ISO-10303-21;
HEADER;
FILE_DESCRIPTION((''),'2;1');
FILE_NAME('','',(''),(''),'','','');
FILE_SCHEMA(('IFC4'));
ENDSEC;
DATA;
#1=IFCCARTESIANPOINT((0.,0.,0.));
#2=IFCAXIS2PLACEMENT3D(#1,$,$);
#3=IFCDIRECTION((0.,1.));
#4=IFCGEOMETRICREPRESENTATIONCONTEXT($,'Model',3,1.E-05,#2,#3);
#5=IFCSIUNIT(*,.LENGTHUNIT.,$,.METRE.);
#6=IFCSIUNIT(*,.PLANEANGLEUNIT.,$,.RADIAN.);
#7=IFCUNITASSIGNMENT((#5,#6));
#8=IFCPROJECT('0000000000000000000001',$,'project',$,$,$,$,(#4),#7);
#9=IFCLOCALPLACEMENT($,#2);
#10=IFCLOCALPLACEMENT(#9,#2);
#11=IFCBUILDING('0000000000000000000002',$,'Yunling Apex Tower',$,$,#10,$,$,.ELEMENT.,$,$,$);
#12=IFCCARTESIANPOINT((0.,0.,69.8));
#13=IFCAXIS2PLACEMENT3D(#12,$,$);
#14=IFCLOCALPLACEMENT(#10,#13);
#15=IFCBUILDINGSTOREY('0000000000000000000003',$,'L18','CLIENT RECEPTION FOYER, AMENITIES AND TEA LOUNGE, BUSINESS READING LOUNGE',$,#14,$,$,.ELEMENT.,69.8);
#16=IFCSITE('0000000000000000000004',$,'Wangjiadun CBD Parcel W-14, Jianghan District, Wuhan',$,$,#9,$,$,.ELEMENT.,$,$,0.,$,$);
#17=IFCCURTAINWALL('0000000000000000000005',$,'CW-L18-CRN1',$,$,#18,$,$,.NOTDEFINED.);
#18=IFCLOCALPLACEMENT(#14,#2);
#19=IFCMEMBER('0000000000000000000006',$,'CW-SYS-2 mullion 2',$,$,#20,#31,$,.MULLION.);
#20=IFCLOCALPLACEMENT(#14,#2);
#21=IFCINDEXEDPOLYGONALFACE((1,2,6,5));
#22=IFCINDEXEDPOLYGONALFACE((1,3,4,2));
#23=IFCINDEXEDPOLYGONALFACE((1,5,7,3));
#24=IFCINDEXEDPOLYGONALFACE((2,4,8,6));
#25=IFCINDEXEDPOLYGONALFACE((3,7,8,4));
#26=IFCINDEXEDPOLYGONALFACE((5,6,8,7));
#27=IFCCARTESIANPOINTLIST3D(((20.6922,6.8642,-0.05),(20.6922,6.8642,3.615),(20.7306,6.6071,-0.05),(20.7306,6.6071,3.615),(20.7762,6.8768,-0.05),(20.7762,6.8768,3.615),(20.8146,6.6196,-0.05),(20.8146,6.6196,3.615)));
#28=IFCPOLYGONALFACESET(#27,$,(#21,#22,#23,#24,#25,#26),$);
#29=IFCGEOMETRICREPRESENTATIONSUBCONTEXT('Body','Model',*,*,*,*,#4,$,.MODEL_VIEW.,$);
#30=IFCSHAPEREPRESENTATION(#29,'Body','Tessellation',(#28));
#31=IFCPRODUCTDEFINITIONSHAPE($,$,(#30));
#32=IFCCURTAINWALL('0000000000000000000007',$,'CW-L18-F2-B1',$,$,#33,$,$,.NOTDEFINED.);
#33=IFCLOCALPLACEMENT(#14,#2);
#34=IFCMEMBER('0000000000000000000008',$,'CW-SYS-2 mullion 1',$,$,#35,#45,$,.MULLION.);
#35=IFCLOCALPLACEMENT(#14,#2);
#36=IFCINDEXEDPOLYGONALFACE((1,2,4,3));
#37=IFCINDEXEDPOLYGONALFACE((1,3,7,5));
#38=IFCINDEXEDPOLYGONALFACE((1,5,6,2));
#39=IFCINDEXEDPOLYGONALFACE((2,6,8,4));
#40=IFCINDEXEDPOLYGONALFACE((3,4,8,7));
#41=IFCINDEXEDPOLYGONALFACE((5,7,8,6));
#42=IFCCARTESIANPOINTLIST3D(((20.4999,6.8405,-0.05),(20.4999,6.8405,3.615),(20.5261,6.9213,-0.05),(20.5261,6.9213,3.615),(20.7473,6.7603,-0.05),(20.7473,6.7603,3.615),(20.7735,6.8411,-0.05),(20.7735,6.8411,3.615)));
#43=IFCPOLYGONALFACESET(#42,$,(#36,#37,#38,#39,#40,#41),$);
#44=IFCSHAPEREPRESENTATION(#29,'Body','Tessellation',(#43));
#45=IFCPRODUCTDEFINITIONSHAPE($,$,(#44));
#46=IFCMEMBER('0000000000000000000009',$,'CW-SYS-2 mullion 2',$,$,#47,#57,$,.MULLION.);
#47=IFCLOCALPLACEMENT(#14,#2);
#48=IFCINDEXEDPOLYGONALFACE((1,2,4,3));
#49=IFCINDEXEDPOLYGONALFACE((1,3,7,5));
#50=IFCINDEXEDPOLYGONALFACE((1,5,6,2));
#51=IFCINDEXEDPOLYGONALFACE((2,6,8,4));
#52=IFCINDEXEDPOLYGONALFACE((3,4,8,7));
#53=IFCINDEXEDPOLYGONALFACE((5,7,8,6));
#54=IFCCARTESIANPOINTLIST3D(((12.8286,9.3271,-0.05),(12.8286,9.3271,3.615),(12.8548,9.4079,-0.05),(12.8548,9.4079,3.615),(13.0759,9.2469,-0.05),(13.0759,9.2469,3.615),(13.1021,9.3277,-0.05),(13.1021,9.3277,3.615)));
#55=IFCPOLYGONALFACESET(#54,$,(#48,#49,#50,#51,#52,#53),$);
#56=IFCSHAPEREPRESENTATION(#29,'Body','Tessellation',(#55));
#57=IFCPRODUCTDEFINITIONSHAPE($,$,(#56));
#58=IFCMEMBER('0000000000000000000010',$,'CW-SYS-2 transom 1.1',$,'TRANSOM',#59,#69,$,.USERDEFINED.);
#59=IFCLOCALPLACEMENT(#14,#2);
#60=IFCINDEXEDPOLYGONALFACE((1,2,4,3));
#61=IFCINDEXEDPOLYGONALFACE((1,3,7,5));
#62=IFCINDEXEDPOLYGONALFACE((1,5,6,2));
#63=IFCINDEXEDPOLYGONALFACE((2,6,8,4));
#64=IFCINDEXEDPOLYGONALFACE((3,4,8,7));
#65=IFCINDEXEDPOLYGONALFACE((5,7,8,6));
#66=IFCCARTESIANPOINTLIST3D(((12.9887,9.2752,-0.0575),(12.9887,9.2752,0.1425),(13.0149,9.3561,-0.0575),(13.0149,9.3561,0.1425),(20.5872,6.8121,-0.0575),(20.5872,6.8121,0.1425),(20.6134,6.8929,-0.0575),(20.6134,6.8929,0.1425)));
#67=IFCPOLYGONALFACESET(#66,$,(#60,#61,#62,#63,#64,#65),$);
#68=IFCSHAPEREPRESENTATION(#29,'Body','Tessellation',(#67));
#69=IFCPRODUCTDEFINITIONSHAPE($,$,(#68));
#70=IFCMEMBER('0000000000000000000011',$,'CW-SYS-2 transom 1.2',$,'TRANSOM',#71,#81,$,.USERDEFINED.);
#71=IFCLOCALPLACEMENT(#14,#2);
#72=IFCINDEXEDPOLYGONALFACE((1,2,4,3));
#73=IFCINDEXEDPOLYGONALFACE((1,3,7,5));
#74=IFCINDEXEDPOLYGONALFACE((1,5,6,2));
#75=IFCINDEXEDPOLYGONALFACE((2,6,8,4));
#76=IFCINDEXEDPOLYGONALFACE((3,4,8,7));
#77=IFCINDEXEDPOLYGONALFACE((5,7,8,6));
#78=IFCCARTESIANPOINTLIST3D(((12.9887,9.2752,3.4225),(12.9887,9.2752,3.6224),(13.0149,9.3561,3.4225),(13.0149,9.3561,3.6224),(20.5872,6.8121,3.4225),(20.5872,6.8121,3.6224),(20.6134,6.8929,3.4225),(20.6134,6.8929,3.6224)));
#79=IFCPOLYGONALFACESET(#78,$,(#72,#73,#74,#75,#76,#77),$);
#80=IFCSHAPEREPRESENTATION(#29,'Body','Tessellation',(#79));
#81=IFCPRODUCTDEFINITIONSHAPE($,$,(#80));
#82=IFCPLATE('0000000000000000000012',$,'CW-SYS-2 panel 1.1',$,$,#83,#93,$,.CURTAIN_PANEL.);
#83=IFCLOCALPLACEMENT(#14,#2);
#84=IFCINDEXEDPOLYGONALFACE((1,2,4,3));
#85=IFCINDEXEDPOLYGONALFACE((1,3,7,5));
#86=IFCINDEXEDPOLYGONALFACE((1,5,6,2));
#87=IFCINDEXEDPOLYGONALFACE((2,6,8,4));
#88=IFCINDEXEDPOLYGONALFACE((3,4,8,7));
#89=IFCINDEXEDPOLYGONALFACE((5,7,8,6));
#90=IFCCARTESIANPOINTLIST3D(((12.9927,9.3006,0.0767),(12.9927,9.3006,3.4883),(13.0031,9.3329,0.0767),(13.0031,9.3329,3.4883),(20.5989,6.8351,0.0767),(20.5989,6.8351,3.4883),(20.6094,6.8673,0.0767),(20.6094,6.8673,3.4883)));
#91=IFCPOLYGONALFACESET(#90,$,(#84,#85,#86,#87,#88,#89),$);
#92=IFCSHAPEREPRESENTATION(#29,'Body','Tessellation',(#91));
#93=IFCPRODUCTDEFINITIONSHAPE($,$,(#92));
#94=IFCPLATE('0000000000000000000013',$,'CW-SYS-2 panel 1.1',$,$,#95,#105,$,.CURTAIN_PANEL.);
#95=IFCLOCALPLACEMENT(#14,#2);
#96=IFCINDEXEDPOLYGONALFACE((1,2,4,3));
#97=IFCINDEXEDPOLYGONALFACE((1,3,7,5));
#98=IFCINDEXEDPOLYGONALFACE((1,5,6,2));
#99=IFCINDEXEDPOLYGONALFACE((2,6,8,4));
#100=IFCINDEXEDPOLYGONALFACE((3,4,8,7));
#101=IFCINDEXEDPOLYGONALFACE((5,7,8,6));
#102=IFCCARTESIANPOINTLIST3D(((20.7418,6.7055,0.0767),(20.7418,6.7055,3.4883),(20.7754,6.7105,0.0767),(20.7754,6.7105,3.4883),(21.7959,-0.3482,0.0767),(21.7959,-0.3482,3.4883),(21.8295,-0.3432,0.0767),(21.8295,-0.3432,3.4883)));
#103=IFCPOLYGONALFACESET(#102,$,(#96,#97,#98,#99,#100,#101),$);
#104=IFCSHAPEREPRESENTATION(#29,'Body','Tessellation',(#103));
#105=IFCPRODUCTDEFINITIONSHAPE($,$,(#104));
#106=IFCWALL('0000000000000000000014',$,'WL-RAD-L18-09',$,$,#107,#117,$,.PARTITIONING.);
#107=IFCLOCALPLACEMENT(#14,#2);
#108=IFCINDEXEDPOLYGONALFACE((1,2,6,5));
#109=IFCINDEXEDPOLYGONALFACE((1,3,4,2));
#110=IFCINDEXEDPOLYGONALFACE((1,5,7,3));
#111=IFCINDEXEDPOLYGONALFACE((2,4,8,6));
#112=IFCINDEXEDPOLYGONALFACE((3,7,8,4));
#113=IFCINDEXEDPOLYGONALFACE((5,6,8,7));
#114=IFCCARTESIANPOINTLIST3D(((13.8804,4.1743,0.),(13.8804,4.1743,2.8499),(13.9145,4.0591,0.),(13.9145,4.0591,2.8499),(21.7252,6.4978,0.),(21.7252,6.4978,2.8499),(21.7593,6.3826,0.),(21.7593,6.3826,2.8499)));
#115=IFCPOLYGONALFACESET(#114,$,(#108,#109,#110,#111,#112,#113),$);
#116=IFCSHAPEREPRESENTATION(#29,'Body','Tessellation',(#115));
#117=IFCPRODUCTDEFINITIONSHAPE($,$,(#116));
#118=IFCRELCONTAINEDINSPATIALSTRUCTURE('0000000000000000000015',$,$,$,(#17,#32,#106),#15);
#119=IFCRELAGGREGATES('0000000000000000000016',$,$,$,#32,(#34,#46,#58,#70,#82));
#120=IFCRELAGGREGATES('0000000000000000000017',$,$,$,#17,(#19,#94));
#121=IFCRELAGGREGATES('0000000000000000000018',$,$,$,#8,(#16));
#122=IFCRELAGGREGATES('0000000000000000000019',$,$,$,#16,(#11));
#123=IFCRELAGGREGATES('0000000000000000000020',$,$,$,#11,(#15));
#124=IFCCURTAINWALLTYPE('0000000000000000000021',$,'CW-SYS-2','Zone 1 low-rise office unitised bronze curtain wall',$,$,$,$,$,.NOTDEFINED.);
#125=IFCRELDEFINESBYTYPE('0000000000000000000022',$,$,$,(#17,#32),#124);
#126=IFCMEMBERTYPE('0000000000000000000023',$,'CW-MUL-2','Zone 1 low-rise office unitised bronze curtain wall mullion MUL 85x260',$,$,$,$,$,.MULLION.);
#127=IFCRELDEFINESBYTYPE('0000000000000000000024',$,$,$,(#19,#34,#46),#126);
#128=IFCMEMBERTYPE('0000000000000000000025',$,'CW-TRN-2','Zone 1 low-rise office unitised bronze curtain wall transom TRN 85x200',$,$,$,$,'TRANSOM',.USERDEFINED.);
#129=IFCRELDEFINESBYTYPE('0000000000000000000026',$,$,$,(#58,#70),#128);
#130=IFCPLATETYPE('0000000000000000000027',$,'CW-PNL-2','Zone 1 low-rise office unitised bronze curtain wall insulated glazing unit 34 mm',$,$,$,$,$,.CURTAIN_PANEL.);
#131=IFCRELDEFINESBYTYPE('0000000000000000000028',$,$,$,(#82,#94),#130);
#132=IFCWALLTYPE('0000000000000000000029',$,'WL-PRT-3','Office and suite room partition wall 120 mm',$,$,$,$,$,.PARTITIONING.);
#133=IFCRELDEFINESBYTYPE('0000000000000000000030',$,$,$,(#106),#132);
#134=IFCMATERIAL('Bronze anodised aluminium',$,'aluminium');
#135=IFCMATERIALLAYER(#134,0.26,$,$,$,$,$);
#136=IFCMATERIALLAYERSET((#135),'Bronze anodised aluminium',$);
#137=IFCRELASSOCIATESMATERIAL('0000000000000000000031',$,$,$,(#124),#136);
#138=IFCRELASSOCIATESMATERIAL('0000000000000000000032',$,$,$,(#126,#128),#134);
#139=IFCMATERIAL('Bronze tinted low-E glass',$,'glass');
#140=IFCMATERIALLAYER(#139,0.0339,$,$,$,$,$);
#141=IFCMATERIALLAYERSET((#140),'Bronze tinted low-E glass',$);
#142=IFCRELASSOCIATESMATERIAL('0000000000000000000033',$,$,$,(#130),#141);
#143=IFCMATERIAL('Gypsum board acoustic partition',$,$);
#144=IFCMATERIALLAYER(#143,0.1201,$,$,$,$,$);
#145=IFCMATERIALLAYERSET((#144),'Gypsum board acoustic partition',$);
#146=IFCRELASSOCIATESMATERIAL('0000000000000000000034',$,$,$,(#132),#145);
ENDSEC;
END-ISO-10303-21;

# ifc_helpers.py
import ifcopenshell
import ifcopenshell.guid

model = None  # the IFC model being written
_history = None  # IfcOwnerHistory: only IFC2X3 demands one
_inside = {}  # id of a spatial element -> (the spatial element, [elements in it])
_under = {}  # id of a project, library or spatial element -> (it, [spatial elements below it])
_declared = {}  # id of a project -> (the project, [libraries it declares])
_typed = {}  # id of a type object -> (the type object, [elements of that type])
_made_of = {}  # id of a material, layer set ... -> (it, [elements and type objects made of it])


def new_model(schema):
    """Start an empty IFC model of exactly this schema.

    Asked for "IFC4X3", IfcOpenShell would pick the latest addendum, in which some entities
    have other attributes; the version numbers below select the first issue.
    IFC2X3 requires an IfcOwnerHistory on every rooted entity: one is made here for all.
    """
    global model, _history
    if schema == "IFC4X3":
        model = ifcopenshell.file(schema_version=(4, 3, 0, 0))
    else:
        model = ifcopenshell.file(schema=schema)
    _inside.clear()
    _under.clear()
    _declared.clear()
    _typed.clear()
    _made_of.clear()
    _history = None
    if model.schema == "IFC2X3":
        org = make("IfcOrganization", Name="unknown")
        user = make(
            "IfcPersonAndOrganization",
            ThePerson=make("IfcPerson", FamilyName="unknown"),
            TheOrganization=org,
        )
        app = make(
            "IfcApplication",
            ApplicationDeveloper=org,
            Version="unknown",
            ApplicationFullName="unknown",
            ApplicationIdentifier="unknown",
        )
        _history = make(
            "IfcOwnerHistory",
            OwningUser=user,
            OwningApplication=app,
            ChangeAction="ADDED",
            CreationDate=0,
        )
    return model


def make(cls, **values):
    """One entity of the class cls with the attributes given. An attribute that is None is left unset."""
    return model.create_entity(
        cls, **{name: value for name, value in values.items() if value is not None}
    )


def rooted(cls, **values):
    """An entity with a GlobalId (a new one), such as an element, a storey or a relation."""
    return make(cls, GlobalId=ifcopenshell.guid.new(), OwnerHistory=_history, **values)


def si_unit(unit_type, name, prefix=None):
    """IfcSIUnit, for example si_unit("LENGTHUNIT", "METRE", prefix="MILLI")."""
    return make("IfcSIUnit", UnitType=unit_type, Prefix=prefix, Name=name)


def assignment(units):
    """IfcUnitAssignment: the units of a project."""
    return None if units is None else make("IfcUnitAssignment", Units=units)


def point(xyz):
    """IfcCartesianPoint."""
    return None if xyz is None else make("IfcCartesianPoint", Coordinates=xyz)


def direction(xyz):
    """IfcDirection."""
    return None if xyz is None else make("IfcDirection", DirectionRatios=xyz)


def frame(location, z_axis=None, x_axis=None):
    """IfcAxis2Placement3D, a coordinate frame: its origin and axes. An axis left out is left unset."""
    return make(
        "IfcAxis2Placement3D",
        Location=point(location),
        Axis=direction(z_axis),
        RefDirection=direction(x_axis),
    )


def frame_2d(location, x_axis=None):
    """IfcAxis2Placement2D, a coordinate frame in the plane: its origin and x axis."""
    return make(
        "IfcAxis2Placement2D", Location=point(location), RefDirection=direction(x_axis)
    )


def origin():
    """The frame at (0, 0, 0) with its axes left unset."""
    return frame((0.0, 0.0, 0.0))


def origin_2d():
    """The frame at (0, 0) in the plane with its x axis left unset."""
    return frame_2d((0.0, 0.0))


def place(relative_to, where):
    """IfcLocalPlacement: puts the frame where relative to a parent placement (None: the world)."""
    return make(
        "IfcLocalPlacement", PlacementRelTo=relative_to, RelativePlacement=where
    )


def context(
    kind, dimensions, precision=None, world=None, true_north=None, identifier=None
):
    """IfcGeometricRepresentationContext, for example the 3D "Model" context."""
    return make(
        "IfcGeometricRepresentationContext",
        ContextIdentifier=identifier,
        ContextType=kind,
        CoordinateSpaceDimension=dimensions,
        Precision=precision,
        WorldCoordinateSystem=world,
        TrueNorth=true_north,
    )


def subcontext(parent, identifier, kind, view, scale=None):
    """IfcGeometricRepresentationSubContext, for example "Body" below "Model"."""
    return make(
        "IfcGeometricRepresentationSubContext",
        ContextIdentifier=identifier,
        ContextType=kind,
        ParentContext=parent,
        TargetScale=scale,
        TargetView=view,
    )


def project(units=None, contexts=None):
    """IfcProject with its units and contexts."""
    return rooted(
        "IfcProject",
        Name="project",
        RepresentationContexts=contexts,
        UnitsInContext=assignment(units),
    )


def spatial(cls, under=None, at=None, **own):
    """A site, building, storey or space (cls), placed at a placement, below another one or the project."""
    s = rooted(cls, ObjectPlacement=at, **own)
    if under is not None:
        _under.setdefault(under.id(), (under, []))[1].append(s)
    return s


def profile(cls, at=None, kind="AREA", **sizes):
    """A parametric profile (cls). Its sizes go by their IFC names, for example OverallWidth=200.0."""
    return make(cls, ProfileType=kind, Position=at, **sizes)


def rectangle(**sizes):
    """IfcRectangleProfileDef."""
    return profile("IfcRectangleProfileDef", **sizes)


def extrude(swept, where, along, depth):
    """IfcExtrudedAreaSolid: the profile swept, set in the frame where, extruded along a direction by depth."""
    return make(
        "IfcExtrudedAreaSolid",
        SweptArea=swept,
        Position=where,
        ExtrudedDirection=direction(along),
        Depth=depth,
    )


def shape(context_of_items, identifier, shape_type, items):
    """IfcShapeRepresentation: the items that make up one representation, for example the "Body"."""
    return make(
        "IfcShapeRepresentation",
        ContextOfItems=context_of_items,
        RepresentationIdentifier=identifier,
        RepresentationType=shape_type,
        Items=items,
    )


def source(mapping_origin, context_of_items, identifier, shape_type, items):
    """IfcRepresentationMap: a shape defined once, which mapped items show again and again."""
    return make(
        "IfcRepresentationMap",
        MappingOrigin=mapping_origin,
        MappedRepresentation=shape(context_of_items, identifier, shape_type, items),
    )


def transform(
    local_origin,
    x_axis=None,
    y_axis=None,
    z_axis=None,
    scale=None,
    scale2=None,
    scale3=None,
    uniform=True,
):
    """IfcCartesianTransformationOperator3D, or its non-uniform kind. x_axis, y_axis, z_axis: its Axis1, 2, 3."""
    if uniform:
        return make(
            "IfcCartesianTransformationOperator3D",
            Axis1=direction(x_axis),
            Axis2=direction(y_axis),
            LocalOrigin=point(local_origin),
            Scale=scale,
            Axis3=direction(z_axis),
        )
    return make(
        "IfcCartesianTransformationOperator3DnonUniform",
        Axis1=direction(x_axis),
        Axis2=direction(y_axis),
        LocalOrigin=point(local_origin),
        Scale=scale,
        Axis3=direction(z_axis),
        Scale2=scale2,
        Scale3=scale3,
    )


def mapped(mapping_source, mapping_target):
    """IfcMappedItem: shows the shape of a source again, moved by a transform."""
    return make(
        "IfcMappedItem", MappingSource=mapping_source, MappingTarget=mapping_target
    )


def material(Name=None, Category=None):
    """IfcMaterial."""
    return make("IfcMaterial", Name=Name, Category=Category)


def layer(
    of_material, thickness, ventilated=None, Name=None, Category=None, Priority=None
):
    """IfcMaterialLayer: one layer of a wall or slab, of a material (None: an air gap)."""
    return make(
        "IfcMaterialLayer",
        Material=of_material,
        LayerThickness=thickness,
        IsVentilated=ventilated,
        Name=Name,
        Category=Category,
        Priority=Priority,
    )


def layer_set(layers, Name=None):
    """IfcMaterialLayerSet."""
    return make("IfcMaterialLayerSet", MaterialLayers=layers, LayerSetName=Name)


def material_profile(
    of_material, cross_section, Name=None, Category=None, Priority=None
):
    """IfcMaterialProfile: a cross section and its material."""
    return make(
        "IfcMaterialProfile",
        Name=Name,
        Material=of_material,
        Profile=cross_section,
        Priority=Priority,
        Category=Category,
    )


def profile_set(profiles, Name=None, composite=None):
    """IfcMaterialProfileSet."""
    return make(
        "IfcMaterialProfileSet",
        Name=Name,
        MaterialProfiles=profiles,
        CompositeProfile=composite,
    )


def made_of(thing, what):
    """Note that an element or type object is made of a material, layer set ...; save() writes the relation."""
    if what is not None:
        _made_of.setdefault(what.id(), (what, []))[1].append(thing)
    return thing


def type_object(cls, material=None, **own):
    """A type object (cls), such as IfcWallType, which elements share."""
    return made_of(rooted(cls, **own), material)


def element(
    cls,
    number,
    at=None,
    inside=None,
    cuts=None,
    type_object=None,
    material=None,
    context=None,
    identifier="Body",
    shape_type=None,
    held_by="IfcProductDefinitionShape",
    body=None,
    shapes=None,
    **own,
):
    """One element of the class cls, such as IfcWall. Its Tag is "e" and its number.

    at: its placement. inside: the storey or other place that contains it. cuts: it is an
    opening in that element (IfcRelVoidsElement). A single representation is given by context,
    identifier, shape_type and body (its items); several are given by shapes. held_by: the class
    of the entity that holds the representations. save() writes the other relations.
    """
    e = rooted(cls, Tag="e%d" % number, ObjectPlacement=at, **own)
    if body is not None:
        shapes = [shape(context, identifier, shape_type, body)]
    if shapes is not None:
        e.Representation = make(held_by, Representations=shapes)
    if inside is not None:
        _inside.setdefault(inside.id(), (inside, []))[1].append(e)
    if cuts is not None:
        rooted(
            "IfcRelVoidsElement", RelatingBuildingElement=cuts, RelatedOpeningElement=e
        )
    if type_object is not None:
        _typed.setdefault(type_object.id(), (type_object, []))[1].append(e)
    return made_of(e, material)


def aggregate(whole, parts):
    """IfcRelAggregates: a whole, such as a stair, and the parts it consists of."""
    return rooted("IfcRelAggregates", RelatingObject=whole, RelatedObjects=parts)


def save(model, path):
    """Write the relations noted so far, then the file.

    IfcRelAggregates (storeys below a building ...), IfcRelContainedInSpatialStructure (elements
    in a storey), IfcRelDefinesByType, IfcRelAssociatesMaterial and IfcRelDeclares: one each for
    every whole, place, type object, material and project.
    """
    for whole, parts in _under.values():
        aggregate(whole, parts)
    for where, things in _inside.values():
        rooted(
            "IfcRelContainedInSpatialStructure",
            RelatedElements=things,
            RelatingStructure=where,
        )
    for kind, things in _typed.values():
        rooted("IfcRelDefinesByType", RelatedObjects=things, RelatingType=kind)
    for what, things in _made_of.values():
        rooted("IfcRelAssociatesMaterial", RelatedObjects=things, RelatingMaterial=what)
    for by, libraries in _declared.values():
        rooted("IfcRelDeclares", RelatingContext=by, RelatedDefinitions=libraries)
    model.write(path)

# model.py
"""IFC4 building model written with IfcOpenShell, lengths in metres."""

from ifc_helpers import new_model, si_unit, direction, frame, frame_2d, origin, origin_2d, place, context, subcontext, project, spatial, rectangle, extrude, source, transform, mapped, material, layer, layer_set, material_profile, profile_set, type_object, element, aggregate, save


model = new_model("IFC4")

# Units and contexts
model_context = context("Model", 3, precision=1e-05, world=origin(), true_north=direction((0.0, 1.0)))
body_context = subcontext(model_context, "Body", "Model", "MODEL_VIEW")
ifc_project = project(units=[si_unit("LENGTHUNIT", "METRE"), si_unit("PLANEANGLEUNIT", "RADIAN")], contexts=[model_context])

# Site, building, storey
site_placement = place(None, origin())
site = spatial("IfcSite", under=ifc_project, at=site_placement, Name="Wangjiadun CBD Parcel W-14, Jianghan District, Wuhan", CompositionType="ELEMENT", RefElevation=0.0)
building_placement = place(site_placement, origin())
building = spatial("IfcBuilding", under=site, at=building_placement, Name="Yunling Apex Tower", CompositionType="ELEMENT")
storey_placement = place(building_placement, frame((0.0, 0.0, 69.8)))
storey = spatial("IfcBuildingStorey", under=building, at=storey_placement, Name="L18", Description="CLIENT RECEPTION FOYER, AMENITIES AND TEA LOUNGE, BUSINESS READING LOUNGE", CompositionType="ELEMENT", Elevation=69.8)

# Curtain wall, member
ifc_material_1 = material(Name="Bronze anodised aluminium", Category="aluminium")
ifc_layer_1 = layer(ifc_material_1, 0.26)
ifc_layer_set_1 = layer_set([ifc_layer_1], Name="Bronze anodised aluminium")
curtain_wall_type = type_object("IfcCurtainWallType", Name="CW-SYS-2", Description="Zone 1 low-rise office unitised bronze curtain wall", PredefinedType="NOTDEFINED", material=ifc_layer_set_1)
curtain_wall_1_placement = place(storey_placement, origin())
curtain_wall_1 = element("IfcCurtainWall", 1, at=curtain_wall_1_placement, inside=storey, type_object=curtain_wall_type, Name="CW-L18-CRN1", PredefinedType="NOTDEFINED")
ifc_material_profile_1 = material_profile(ifc_material_1, rectangle(XDim=0.085, YDim=0.26, at=origin_2d()))
ifc_profile_set_1 = profile_set([ifc_material_profile_1], Name="Bronze anodised aluminium")
member_type_1 = type_object("IfcMemberType", Name="CW-MUL-2", Description="Zone 1 low-rise office unitised bronze curtain wall mullion MUL 85x260", PredefinedType="MULLION", material=ifc_profile_set_1)
shared_shape_1 = source(origin(), body_context, "Body", "SweptSolid", [
    extrude(rectangle(XDim=0.085, YDim=0.26, at=origin_2d()), origin(), (0.0, 0.0, 1.0), 3.665),
])
member_1_placement = place(storey_placement, frame((20.7534, 6.7419, -0.05), z_axis=(0.0, 0.0, 1.0), x_axis=(-0.989018, -0.147798, 0.0)))
member_1 = element("IfcMember", 2, at=member_1_placement, type_object=member_type_1, Name="CW-SYS-2 mullion 2", PredefinedType="MULLION", context=body_context, shape_type="MappedRepresentation", body=[
    mapped(shared_shape_1, transform((0.0, 0.0, 0.0), scale=1.0)),
])

# Curtain wall, members, plate
curtain_wall_2_placement = place(storey_placement, origin())
curtain_wall_2 = element("IfcCurtainWall", 3, at=curtain_wall_2_placement, inside=storey, type_object=curtain_wall_type, Name="CW-L18-F2-B1", PredefinedType="NOTDEFINED")
member_2_placement = place(storey_placement, frame((20.6367, 6.8408, -0.05), z_axis=(0.0, 0.0, 1.0), x_axis=(-0.308357, -0.951271, 0.0)))
member_2 = element("IfcMember", 4, at=member_2_placement, type_object=member_type_1, Name="CW-SYS-2 mullion 1", PredefinedType="MULLION", context=body_context, shape_type="MappedRepresentation", body=[
    mapped(shared_shape_1, transform((0.0, 0.0, 0.0), scale=1.0)),
])
member_3_placement = place(storey_placement, frame((12.9653, 9.3274, -0.05), z_axis=(0.0, 0.0, 1.0), x_axis=(-0.308357, -0.951271, 0.0)))
member_3 = element("IfcMember", 5, at=member_3_placement, type_object=member_type_1, Name="CW-SYS-2 mullion 2", PredefinedType="MULLION", context=body_context, shape_type="MappedRepresentation", body=[
    mapped(shared_shape_1, transform((0.0, 0.0, 0.0), scale=1.0)),
])
ifc_material_profile_2 = material_profile(ifc_material_1, rectangle(XDim=0.085, YDim=0.2, at=origin_2d()))
ifc_profile_set_2 = profile_set([ifc_material_profile_2], Name="Bronze anodised aluminium")
member_type_2 = type_object("IfcMemberType", Name="CW-TRN-2", Description="Zone 1 low-rise office unitised bronze curtain wall transom TRN 85x200", ElementType="TRANSOM", PredefinedType="USERDEFINED", material=ifc_profile_set_2)
shared_shape_2 = source(origin(), body_context, "Body", "SweptSolid", [
    extrude(rectangle(XDim=0.085, YDim=0.2, at=origin_2d()), origin(), (0.0, 0.0, 1.0), 7.9878),
])
member_4_placement = place(storey_placement, frame((20.6003, 6.8525, 0.0425), z_axis=(-0.95127, 0.308359, 0.0), x_axis=(-0.308359, -0.95127, 0.0)))
member_4 = element("IfcMember", 6, at=member_4_placement, type_object=member_type_2, Name="CW-SYS-2 transom 1.1", ObjectType="TRANSOM", PredefinedType="USERDEFINED", context=body_context, shape_type="MappedRepresentation", body=[
    mapped(shared_shape_2, transform((0.0, 0.0, 0.0), scale=1.0)),
])
member_5_placement = place(storey_placement, frame((20.6003, 6.8525, 3.5225), z_axis=(-0.95127, 0.308359, 0.0), x_axis=(-0.308359, -0.95127, 0.0)))
member_5 = element("IfcMember", 7, at=member_5_placement, type_object=member_type_2, Name="CW-SYS-2 transom 1.2", ObjectType="TRANSOM", PredefinedType="USERDEFINED", context=body_context, shape_type="MappedRepresentation", body=[
    mapped(shared_shape_2, transform((0.0, 0.0, 0.0), scale=1.0)),
])
ifc_material_2 = material(Name="Bronze tinted low-E glass", Category="glass")
ifc_layer_2 = layer(ifc_material_2, 0.0339)
ifc_layer_set_2 = layer_set([ifc_layer_2], Name="Bronze tinted low-E glass")
plate_type = type_object("IfcPlateType", Name="CW-PNL-2", Description="Zone 1 low-rise office unitised bronze curtain wall insulated glazing unit 34 mm", PredefinedType="CURTAIN_PANEL", material=ifc_layer_set_2)
shared_shape_3 = source(origin(), body_context, "Body", "SweptSolid", [
    extrude(rectangle(XDim=7.9958, YDim=0.0339, at=origin_2d()), origin(), (0.0, 0.0, 1.0), 3.4116),
])
plate_1_placement = place(storey_placement, frame((16.801, 8.084, 0.0767), z_axis=(0.0, 0.0, 1.0), x_axis=(-0.951271, 0.308357, 0.0)))
plate_1 = element("IfcPlate", 8, at=plate_1_placement, type_object=plate_type, Name="CW-SYS-2 panel 1.1", PredefinedType="CURTAIN_PANEL", context=body_context, shape_type="MappedRepresentation", body=[
    mapped(shared_shape_3, transform((0.0, 0.0, 0.0), scale=1.0)),
])
aggregate(curtain_wall_2, [member_2, member_3, member_4, member_5, plate_1])

# Plate
shared_shape_4 = source(origin(), body_context, "Body", "SweptSolid", [
    extrude(rectangle(XDim=7.1321, YDim=0.0339, at=origin_2d()), origin(), (0.0, 0.0, 1.0), 3.4116),
])
plate_2_placement = place(storey_placement, frame((21.2856, 3.1812, 0.0767), z_axis=(0.0, 0.0, 1.0), x_axis=(-0.147798, 0.989018, 0.0)))
plate_2 = element("IfcPlate", 9, at=plate_2_placement, type_object=plate_type, Name="CW-SYS-2 panel 1.1", PredefinedType="CURTAIN_PANEL", context=body_context, shape_type="MappedRepresentation", body=[
    mapped(shared_shape_4, transform((0.0, 0.0, 0.0), scale=1.0)),
])
aggregate(curtain_wall_1, [member_1, plate_2])

# Wall
ifc_material_3 = material(Name="Gypsum board acoustic partition")
ifc_layer_3 = layer(ifc_material_3, 0.1201)
ifc_layer_set_3 = layer_set([ifc_layer_3], Name="Gypsum board acoustic partition")
wall_type = type_object("IfcWallType", Name="WL-PRT-3", Description="Office and suite room partition wall 120 mm", PredefinedType="PARTITIONING", material=ifc_layer_set_3)
wall_placement = place(storey_placement, frame((13.8975, 4.1167, 0.0), z_axis=(0.0, 0.0, 1.0), x_axis=(0.958827, 0.28399, 0.0)))
element("IfcWall", 10, at=wall_placement, inside=storey, type_object=wall_type, Name="WL-RAD-L18-09", PredefinedType="PARTITIONING", context=body_context, shape_type="SweptSolid", body=[
    extrude(rectangle(XDim=8.1816, YDim=0.1201, at=frame_2d((4.0908, 0.0))), origin(), (0.0, 0.0, 1.0), 2.8499),
])

save(model, "model.ifc")
